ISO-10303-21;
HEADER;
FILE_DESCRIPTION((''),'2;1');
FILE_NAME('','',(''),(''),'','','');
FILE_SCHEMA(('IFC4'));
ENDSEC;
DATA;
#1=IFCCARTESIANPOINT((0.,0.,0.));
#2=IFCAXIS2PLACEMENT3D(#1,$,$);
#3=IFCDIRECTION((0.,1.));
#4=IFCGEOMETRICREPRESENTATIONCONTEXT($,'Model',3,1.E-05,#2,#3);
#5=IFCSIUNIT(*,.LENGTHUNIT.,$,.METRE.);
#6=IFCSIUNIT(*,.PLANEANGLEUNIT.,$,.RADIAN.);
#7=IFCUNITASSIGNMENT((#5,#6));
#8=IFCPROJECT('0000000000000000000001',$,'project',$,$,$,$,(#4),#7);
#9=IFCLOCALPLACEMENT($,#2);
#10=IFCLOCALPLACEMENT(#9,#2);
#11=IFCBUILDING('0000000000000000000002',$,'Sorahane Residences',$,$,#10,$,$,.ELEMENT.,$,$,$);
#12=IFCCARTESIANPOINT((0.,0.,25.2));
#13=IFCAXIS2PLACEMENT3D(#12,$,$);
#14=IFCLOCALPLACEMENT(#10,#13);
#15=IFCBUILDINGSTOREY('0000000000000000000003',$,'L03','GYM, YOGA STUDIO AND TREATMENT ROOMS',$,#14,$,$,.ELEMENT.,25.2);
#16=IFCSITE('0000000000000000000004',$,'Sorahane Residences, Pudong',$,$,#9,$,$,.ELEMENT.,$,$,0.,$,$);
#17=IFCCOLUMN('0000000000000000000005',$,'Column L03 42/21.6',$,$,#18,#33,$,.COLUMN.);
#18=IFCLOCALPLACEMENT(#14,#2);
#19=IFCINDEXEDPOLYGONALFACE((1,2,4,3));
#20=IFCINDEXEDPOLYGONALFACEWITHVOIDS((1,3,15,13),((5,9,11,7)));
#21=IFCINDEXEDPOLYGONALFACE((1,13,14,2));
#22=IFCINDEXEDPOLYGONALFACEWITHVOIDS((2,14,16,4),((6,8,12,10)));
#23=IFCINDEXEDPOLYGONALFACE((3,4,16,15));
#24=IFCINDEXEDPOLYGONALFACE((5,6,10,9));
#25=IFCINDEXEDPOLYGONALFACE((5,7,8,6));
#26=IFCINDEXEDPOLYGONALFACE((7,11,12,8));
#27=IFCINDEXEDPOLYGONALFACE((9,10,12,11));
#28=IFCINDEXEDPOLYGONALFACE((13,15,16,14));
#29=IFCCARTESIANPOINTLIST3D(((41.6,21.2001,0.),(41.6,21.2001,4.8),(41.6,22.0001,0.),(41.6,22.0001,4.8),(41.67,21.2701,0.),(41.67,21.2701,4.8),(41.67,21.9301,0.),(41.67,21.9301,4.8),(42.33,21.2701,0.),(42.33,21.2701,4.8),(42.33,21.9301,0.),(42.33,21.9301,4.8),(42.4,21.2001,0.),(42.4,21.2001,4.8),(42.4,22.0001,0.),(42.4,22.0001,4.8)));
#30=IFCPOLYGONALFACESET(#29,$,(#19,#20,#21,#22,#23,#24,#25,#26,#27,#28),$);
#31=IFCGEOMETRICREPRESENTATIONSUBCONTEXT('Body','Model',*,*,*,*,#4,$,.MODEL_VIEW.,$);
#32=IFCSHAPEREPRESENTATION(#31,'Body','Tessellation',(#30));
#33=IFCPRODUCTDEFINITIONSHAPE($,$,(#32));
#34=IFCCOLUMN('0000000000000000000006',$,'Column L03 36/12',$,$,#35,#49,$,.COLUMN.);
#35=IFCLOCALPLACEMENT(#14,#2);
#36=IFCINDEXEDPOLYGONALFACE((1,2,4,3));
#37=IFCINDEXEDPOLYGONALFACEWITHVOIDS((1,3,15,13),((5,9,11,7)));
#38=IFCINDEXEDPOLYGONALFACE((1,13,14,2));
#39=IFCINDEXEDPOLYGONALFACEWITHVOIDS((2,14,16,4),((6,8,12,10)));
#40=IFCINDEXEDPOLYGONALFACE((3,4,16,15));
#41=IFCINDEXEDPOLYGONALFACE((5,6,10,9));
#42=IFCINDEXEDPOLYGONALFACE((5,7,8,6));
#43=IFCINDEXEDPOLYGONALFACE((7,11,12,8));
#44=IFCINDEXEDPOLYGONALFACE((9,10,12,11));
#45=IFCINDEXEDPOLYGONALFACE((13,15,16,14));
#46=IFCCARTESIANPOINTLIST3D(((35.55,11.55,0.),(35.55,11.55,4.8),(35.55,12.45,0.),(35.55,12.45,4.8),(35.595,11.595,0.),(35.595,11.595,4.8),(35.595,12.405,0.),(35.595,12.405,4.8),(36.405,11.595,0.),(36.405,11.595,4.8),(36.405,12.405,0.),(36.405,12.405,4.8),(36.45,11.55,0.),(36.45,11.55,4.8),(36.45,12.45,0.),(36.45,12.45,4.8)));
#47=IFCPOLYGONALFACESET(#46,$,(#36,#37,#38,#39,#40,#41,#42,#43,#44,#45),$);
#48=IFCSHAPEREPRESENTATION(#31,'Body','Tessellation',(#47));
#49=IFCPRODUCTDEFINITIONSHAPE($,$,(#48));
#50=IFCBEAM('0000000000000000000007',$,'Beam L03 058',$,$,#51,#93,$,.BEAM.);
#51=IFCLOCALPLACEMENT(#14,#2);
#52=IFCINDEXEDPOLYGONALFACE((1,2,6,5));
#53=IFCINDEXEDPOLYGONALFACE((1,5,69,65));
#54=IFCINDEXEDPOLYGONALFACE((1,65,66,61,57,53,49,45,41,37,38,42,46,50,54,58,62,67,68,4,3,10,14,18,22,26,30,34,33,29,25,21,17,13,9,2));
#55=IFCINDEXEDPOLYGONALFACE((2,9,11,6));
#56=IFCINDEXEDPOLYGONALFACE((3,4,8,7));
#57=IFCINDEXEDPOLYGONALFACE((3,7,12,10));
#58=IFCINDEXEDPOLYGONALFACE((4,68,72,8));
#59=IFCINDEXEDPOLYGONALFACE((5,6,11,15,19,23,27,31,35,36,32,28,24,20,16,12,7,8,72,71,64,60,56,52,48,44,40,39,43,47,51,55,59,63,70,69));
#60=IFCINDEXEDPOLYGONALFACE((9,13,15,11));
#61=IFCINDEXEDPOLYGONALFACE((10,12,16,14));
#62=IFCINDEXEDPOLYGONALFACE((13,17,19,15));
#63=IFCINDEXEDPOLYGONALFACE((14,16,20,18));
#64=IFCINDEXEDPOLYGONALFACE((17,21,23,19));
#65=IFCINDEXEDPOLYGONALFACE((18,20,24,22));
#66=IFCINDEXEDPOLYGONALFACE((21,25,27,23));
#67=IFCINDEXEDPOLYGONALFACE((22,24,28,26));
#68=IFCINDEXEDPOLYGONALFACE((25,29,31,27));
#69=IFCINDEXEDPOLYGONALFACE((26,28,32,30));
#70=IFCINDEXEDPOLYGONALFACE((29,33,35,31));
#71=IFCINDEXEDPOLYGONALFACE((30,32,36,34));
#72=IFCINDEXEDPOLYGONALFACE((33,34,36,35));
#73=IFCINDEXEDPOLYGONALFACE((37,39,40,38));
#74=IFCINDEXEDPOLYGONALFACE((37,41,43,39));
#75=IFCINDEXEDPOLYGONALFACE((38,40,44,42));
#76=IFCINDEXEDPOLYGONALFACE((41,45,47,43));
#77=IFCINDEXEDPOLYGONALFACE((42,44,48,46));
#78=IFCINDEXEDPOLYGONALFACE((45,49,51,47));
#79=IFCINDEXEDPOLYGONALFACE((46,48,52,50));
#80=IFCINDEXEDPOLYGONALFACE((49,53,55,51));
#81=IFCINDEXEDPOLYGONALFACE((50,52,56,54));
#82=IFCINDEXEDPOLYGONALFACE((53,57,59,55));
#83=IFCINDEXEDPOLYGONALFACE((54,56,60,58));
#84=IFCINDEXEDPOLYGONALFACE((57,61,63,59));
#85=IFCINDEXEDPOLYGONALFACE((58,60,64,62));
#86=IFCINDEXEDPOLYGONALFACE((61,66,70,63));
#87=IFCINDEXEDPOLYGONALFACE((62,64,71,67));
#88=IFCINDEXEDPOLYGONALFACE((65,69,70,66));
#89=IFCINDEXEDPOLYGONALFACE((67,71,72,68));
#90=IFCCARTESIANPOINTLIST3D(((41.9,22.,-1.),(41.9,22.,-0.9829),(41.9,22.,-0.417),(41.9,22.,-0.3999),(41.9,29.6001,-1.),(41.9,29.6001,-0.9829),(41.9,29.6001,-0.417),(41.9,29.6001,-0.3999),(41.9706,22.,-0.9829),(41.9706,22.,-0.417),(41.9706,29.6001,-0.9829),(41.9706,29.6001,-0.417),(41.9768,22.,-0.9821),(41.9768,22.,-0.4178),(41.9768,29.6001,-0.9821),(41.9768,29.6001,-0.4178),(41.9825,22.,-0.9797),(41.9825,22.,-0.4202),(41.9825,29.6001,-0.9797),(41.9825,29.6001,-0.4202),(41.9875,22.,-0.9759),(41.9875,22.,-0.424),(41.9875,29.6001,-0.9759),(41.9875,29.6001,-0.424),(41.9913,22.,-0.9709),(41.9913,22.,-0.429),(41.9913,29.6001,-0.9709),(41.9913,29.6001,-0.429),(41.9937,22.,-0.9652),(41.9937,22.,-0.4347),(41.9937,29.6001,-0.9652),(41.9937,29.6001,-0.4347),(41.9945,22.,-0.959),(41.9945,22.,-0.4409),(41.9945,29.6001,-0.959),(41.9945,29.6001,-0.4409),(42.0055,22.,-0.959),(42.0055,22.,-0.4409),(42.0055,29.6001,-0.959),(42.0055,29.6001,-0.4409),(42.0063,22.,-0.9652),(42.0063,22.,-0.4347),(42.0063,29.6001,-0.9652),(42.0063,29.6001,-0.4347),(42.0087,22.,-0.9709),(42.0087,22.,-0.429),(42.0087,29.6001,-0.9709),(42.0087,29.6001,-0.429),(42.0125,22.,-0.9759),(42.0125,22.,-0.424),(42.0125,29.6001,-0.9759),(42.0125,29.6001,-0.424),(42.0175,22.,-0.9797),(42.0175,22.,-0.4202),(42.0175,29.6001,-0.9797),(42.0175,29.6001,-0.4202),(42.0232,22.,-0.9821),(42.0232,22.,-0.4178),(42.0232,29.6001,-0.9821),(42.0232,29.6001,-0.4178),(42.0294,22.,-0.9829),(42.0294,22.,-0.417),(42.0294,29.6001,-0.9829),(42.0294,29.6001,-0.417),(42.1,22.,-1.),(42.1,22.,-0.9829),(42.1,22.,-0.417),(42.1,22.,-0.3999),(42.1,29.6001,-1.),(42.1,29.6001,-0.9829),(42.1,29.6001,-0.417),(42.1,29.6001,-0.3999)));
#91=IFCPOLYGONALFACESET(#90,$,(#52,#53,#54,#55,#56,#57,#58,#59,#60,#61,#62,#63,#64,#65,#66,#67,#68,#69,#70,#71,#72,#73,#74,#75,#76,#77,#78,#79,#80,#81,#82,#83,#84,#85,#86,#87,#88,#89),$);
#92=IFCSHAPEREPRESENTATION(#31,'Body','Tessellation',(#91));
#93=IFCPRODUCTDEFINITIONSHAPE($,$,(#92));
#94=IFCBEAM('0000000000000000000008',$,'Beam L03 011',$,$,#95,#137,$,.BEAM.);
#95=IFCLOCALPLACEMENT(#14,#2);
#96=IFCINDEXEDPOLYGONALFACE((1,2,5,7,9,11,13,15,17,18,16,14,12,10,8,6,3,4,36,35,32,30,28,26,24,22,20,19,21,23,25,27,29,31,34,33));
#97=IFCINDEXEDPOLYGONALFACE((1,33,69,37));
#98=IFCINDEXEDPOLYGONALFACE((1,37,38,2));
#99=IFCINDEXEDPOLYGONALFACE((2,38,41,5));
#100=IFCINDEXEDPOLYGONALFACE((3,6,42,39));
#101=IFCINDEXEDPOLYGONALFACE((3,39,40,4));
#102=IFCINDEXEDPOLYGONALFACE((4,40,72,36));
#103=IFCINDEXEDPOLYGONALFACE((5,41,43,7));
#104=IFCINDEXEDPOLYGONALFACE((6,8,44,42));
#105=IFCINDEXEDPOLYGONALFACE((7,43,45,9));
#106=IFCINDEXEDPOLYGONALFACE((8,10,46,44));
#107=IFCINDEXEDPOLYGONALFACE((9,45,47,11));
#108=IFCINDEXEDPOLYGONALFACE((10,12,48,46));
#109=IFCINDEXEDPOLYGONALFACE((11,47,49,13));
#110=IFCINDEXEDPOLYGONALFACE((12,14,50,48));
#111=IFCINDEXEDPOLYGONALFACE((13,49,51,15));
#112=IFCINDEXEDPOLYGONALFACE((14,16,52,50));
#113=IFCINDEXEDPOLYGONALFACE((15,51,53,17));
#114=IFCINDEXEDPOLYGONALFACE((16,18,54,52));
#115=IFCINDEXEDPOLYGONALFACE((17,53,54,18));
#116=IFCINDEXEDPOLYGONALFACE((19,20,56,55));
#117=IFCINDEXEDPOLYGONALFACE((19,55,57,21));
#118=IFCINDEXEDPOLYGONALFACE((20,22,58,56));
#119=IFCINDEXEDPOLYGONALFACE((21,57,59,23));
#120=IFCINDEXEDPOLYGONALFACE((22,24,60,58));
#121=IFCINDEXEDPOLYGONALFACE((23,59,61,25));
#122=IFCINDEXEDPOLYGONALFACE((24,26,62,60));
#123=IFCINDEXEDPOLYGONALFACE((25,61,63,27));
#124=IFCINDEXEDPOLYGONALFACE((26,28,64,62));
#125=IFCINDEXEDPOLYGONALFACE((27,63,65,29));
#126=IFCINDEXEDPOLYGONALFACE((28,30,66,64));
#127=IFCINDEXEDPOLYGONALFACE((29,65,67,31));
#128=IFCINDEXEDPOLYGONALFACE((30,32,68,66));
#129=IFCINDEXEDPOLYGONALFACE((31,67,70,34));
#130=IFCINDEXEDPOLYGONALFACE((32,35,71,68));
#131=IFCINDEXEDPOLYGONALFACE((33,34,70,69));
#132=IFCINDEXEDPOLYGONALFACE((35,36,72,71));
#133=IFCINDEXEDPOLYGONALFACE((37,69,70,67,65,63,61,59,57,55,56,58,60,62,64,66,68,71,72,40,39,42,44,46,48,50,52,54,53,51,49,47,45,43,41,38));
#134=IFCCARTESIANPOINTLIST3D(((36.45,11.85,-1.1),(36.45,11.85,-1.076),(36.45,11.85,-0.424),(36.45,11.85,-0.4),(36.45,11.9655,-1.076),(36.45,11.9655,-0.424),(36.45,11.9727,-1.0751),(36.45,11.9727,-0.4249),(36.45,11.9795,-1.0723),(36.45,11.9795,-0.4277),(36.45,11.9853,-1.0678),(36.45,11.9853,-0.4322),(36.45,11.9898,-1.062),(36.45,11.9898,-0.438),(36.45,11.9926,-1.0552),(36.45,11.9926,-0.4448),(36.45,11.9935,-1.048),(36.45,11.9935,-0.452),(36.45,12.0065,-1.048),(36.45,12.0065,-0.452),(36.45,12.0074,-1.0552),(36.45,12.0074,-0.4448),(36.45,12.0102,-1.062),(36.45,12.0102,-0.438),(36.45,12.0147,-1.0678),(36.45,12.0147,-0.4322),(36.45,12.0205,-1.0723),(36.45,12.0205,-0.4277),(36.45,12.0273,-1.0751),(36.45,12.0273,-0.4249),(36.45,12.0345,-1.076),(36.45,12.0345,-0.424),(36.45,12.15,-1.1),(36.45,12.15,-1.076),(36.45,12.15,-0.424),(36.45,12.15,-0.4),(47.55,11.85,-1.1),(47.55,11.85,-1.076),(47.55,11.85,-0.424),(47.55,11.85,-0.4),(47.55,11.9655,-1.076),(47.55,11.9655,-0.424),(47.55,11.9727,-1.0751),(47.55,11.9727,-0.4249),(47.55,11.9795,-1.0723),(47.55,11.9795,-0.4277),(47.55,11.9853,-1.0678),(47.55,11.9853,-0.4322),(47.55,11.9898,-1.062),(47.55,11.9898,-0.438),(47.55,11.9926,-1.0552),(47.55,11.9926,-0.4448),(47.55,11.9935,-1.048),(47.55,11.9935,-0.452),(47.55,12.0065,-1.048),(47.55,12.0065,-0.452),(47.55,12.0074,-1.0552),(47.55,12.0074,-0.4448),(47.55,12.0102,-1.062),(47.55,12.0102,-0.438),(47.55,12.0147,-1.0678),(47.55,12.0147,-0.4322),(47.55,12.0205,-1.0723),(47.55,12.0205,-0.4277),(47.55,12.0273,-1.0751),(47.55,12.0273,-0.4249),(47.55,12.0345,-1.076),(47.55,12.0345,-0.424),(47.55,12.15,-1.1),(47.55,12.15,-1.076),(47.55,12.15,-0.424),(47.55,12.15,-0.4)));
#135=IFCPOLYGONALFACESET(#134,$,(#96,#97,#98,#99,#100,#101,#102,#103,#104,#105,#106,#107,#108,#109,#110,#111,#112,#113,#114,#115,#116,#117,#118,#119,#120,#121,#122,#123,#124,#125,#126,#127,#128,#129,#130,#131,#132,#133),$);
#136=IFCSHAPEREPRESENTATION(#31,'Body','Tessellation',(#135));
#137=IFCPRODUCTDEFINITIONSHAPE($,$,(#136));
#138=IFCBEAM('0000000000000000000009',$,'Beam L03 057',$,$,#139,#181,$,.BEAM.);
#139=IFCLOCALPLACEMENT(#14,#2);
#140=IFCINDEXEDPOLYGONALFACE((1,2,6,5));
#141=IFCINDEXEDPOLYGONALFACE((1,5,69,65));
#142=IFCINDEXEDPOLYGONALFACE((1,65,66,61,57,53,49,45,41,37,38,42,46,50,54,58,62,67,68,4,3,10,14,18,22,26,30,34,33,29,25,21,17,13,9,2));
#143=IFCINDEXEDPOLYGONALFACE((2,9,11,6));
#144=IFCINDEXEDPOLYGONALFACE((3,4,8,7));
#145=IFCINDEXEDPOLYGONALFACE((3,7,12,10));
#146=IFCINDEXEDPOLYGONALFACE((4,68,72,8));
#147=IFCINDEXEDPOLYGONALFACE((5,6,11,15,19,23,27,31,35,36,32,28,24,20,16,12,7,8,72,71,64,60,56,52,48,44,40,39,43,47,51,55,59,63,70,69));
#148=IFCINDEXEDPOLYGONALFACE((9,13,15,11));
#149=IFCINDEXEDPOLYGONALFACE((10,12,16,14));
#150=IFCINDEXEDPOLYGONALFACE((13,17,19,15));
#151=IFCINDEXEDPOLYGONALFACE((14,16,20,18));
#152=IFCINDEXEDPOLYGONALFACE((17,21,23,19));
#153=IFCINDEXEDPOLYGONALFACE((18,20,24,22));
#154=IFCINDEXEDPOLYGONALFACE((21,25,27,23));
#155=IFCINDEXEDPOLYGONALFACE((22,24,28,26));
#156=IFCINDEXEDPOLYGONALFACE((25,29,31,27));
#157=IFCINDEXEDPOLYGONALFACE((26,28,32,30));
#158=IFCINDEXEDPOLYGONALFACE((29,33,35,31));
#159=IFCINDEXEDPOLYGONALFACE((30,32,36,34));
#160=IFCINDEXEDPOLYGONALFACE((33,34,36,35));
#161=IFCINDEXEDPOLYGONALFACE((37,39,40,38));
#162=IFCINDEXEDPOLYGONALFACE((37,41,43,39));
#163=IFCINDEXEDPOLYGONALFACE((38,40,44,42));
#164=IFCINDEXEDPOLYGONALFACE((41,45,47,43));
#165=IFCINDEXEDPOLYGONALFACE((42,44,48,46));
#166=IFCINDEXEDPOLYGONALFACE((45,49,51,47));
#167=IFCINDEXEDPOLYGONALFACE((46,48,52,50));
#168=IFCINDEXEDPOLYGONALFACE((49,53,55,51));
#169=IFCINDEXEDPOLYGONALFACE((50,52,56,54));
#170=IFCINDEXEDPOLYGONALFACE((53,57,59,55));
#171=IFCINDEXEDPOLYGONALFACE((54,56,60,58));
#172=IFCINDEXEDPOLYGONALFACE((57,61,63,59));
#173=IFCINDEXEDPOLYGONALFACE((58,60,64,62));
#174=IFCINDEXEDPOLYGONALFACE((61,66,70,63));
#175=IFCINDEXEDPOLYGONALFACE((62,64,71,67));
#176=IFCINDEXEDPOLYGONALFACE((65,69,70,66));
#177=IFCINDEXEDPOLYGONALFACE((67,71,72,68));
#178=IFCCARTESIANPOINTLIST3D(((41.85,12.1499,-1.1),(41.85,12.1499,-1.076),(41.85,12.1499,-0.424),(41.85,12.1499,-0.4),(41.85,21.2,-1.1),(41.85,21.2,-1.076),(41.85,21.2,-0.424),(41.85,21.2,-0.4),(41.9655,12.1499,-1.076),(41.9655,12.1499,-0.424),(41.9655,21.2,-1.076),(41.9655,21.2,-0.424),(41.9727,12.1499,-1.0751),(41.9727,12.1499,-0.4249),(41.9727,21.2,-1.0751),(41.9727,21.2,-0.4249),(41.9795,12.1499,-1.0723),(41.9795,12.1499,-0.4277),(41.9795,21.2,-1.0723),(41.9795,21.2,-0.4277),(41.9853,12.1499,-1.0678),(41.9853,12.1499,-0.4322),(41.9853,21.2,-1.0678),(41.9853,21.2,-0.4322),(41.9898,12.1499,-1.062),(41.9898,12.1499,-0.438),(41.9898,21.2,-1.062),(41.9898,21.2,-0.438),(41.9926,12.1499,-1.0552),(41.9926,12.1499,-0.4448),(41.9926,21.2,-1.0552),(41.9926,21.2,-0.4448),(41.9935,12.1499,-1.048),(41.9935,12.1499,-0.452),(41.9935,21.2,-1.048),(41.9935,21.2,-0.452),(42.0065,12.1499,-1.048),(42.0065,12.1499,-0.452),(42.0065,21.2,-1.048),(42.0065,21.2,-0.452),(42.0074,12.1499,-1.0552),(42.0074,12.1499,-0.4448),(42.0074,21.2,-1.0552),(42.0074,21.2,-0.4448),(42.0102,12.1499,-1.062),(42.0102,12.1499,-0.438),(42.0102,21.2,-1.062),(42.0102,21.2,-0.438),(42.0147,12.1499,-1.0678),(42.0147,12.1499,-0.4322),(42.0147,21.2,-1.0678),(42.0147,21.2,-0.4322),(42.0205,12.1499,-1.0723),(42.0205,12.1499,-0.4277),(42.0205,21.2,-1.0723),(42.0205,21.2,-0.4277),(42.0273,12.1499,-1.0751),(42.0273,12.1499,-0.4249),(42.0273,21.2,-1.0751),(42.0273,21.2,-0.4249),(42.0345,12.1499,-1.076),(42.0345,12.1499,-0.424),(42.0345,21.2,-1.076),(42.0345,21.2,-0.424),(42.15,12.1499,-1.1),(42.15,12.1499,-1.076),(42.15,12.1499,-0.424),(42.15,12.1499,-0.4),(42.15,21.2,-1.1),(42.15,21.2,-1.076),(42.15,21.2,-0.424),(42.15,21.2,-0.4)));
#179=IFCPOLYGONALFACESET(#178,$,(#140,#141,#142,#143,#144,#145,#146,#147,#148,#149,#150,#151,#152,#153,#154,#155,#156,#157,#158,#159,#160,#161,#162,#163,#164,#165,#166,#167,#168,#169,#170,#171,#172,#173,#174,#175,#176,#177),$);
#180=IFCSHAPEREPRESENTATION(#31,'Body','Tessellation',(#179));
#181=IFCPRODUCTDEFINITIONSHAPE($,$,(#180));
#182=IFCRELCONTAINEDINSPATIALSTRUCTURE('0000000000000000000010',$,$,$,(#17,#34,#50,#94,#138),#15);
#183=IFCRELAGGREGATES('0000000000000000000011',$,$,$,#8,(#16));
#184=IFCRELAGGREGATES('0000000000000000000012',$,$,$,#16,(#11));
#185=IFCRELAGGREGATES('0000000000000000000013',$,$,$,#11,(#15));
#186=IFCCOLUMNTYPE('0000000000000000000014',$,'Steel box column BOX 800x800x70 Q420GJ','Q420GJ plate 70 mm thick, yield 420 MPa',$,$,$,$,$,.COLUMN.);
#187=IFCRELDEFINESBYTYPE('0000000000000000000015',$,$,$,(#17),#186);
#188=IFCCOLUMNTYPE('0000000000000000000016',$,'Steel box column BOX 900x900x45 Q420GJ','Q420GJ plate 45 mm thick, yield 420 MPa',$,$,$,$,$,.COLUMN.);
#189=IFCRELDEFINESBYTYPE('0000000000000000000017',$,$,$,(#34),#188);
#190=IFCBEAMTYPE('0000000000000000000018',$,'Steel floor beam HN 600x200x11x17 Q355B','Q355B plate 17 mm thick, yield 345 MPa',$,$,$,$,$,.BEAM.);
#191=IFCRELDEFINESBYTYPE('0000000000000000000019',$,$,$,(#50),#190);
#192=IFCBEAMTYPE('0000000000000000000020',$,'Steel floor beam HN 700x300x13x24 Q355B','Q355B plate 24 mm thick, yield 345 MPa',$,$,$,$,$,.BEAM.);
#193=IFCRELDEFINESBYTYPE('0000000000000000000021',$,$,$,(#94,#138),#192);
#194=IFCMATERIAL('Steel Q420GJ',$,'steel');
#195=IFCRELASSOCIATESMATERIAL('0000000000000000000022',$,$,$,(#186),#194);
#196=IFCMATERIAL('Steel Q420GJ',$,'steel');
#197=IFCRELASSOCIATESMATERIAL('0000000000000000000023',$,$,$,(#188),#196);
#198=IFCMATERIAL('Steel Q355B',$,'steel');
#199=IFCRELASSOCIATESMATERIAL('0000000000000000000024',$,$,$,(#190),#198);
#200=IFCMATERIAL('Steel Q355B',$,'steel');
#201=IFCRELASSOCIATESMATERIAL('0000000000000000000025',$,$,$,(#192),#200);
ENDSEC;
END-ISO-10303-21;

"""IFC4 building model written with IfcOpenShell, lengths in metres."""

from ifc_helpers import new_model, si_unit, direction, frame, origin, origin_2d, place, context, subcontext, project, spatial, hollow_rectangle, i_section, extrude, material, material_profile, profile_set, type_object, element, save


model = new_model("IFC4")

# Units and contexts
model_context = context("Model", 3, precision=1e-05, world=origin(), true_north=direction((0.0, 1.0)))
body_context = subcontext(model_context, "Body", "Model", "MODEL_VIEW")
ifc_project = project(units=[si_unit("LENGTHUNIT", "METRE"), si_unit("PLANEANGLEUNIT", "RADIAN")], contexts=[model_context])

# Site, building, storey
site_placement = place(None, origin())
site = spatial("IfcSite", under=ifc_project, at=site_placement, Name="Sorahane Residences, Pudong", CompositionType="ELEMENT", RefElevation=0.0)
building_placement = place(site_placement, origin())
building = spatial("IfcBuilding", under=site, at=building_placement, Name="Sorahane Residences", CompositionType="ELEMENT")
storey_placement = place(building_placement, frame((0.0, 0.0, 25.2)))
storey = spatial("IfcBuildingStorey", under=building, at=storey_placement, Name="L03", Description="GYM, YOGA STUDIO AND TREATMENT ROOMS", CompositionType="ELEMENT", Elevation=25.2)

# Columns
ifc_material_1 = material(Name="Steel Q420GJ", Category="steel")
ifc_material_profile_1 = material_profile(ifc_material_1, hollow_rectangle(XDim=0.8, YDim=0.8, WallThickness=0.0701, at=origin_2d()), Name="BOX 800x800x70")
ifc_profile_set_1 = profile_set([ifc_material_profile_1], Name="Steel Q420GJ")
column_type_1 = type_object("IfcColumnType", Name="Steel box column BOX 800x800x70 Q420GJ", Description="Q420GJ plate 70 mm thick, yield 420 MPa", PredefinedType="COLUMN", material=ifc_profile_set_1)
column_1_placement = place(storey_placement, frame((42.0, 21.6001, 0.0), z_axis=(0.0, 0.0, 1.0), x_axis=(1.0, 0.0, 0.0)))
element("IfcColumn", 1, at=column_1_placement, inside=storey, type_object=column_type_1, Name="Column L03 42/21.6", PredefinedType="COLUMN", context=body_context, shape_type="SweptSolid", body=[
    extrude(hollow_rectangle(XDim=0.8, YDim=0.8, WallThickness=0.0701, at=origin_2d()), origin(), (0.0, 0.0, 1.0), 4.8),
])
ifc_material_2 = material(Name="Steel Q420GJ", Category="steel")
ifc_material_profile_2 = material_profile(ifc_material_2, hollow_rectangle(XDim=0.8999, YDim=0.8999, WallThickness=0.0449, at=origin_2d()), Name="BOX 900x900x45")
ifc_profile_set_2 = profile_set([ifc_material_profile_2], Name="Steel Q420GJ")
column_type_2 = type_object("IfcColumnType", Name="Steel box column BOX 900x900x45 Q420GJ", Description="Q420GJ plate 45 mm thick, yield 420 MPa", PredefinedType="COLUMN", material=ifc_profile_set_2)
column_2_placement = place(storey_placement, frame((36.0, 12.0, 0.0), z_axis=(0.0, 0.0, 1.0), x_axis=(1.0, 0.0, 0.0)))
element("IfcColumn", 2, at=column_2_placement, inside=storey, type_object=column_type_2, Name="Column L03 36/12", PredefinedType="COLUMN", context=body_context, shape_type="SweptSolid", body=[
    extrude(hollow_rectangle(XDim=0.8999, YDim=0.8999, WallThickness=0.0449, at=origin_2d()), origin(), (0.0, 0.0, 1.0), 4.8),
])

# Beams
ifc_material_3 = material(Name="Steel Q355B", Category="steel")
ifc_material_profile_3 = material_profile(ifc_material_3, i_section(OverallWidth=0.2, OverallDepth=0.6001, WebThickness=0.011, FlangeThickness=0.0171, FilletRadius=0.0239, at=origin_2d()), Name="HN 600x200x11x17")
ifc_profile_set_3 = profile_set([ifc_material_profile_3], Name="Steel Q355B")
beam_type_1 = type_object("IfcBeamType", Name="Steel floor beam HN 600x200x11x17 Q355B", Description="Q355B plate 17 mm thick, yield 345 MPa", PredefinedType="BEAM", material=ifc_profile_set_3)
beam_1_placement = place(storey_placement, frame((42.0, 22.0, -0.7), z_axis=(0.0, 1.0, 0.0), x_axis=(-1.0, 0.0, 0.0)))
element("IfcBeam", 3, at=beam_1_placement, inside=storey, type_object=beam_type_1, Name="Beam L03 058", PredefinedType="BEAM", context=body_context, shape_type="SweptSolid", body=[
    extrude(i_section(OverallWidth=0.2, OverallDepth=0.6001, WebThickness=0.011, FlangeThickness=0.0171, FilletRadius=0.0239, at=origin_2d()), origin(), (0.0, 0.0, 1.0), 7.6001),
])
ifc_material_4 = material(Name="Steel Q355B", Category="steel")
ifc_material_profile_4 = material_profile(ifc_material_4, i_section(OverallWidth=0.3, OverallDepth=0.7, WebThickness=0.0129, FlangeThickness=0.0239, FilletRadius=0.0281, at=origin_2d()), Name="HN 700x300x13x24")
ifc_profile_set_4 = profile_set([ifc_material_profile_4], Name="Steel Q355B")
beam_type_2 = type_object("IfcBeamType", Name="Steel floor beam HN 700x300x13x24 Q355B", Description="Q355B plate 24 mm thick, yield 345 MPa", PredefinedType="BEAM", material=ifc_profile_set_4)
beam_2_placement = place(storey_placement, frame((36.45, 12.0, -0.75), z_axis=(1.0, 0.0, 0.0), x_axis=(0.0, 1.0, 0.0)))
element("IfcBeam", 4, at=beam_2_placement, inside=storey, type_object=beam_type_2, Name="Beam L03 011", PredefinedType="BEAM", context=body_context, shape_type="SweptSolid", body=[
    extrude(i_section(OverallWidth=0.3, OverallDepth=0.7, WebThickness=0.0129, FlangeThickness=0.0239, FilletRadius=0.0281, at=origin_2d()), origin(), (0.0, 0.0, 1.0), 11.1001),
])
beam_3_placement = place(storey_placement, frame((42.0, 12.1499, -0.75), z_axis=(0.0, 1.0, 0.0), x_axis=(-1.0, 0.0, 0.0)))
element("IfcBeam", 5, at=beam_3_placement, inside=storey, type_object=beam_type_2, Name="Beam L03 057", PredefinedType="BEAM", context=body_context, shape_type="SweptSolid", body=[
    extrude(i_section(OverallWidth=0.3, OverallDepth=0.7, WebThickness=0.0129, FlangeThickness=0.0239, FilletRadius=0.0281, at=origin_2d()), origin(), (0.0, 0.0, 1.0), 9.05),
])

save(model, "model.ifc")
